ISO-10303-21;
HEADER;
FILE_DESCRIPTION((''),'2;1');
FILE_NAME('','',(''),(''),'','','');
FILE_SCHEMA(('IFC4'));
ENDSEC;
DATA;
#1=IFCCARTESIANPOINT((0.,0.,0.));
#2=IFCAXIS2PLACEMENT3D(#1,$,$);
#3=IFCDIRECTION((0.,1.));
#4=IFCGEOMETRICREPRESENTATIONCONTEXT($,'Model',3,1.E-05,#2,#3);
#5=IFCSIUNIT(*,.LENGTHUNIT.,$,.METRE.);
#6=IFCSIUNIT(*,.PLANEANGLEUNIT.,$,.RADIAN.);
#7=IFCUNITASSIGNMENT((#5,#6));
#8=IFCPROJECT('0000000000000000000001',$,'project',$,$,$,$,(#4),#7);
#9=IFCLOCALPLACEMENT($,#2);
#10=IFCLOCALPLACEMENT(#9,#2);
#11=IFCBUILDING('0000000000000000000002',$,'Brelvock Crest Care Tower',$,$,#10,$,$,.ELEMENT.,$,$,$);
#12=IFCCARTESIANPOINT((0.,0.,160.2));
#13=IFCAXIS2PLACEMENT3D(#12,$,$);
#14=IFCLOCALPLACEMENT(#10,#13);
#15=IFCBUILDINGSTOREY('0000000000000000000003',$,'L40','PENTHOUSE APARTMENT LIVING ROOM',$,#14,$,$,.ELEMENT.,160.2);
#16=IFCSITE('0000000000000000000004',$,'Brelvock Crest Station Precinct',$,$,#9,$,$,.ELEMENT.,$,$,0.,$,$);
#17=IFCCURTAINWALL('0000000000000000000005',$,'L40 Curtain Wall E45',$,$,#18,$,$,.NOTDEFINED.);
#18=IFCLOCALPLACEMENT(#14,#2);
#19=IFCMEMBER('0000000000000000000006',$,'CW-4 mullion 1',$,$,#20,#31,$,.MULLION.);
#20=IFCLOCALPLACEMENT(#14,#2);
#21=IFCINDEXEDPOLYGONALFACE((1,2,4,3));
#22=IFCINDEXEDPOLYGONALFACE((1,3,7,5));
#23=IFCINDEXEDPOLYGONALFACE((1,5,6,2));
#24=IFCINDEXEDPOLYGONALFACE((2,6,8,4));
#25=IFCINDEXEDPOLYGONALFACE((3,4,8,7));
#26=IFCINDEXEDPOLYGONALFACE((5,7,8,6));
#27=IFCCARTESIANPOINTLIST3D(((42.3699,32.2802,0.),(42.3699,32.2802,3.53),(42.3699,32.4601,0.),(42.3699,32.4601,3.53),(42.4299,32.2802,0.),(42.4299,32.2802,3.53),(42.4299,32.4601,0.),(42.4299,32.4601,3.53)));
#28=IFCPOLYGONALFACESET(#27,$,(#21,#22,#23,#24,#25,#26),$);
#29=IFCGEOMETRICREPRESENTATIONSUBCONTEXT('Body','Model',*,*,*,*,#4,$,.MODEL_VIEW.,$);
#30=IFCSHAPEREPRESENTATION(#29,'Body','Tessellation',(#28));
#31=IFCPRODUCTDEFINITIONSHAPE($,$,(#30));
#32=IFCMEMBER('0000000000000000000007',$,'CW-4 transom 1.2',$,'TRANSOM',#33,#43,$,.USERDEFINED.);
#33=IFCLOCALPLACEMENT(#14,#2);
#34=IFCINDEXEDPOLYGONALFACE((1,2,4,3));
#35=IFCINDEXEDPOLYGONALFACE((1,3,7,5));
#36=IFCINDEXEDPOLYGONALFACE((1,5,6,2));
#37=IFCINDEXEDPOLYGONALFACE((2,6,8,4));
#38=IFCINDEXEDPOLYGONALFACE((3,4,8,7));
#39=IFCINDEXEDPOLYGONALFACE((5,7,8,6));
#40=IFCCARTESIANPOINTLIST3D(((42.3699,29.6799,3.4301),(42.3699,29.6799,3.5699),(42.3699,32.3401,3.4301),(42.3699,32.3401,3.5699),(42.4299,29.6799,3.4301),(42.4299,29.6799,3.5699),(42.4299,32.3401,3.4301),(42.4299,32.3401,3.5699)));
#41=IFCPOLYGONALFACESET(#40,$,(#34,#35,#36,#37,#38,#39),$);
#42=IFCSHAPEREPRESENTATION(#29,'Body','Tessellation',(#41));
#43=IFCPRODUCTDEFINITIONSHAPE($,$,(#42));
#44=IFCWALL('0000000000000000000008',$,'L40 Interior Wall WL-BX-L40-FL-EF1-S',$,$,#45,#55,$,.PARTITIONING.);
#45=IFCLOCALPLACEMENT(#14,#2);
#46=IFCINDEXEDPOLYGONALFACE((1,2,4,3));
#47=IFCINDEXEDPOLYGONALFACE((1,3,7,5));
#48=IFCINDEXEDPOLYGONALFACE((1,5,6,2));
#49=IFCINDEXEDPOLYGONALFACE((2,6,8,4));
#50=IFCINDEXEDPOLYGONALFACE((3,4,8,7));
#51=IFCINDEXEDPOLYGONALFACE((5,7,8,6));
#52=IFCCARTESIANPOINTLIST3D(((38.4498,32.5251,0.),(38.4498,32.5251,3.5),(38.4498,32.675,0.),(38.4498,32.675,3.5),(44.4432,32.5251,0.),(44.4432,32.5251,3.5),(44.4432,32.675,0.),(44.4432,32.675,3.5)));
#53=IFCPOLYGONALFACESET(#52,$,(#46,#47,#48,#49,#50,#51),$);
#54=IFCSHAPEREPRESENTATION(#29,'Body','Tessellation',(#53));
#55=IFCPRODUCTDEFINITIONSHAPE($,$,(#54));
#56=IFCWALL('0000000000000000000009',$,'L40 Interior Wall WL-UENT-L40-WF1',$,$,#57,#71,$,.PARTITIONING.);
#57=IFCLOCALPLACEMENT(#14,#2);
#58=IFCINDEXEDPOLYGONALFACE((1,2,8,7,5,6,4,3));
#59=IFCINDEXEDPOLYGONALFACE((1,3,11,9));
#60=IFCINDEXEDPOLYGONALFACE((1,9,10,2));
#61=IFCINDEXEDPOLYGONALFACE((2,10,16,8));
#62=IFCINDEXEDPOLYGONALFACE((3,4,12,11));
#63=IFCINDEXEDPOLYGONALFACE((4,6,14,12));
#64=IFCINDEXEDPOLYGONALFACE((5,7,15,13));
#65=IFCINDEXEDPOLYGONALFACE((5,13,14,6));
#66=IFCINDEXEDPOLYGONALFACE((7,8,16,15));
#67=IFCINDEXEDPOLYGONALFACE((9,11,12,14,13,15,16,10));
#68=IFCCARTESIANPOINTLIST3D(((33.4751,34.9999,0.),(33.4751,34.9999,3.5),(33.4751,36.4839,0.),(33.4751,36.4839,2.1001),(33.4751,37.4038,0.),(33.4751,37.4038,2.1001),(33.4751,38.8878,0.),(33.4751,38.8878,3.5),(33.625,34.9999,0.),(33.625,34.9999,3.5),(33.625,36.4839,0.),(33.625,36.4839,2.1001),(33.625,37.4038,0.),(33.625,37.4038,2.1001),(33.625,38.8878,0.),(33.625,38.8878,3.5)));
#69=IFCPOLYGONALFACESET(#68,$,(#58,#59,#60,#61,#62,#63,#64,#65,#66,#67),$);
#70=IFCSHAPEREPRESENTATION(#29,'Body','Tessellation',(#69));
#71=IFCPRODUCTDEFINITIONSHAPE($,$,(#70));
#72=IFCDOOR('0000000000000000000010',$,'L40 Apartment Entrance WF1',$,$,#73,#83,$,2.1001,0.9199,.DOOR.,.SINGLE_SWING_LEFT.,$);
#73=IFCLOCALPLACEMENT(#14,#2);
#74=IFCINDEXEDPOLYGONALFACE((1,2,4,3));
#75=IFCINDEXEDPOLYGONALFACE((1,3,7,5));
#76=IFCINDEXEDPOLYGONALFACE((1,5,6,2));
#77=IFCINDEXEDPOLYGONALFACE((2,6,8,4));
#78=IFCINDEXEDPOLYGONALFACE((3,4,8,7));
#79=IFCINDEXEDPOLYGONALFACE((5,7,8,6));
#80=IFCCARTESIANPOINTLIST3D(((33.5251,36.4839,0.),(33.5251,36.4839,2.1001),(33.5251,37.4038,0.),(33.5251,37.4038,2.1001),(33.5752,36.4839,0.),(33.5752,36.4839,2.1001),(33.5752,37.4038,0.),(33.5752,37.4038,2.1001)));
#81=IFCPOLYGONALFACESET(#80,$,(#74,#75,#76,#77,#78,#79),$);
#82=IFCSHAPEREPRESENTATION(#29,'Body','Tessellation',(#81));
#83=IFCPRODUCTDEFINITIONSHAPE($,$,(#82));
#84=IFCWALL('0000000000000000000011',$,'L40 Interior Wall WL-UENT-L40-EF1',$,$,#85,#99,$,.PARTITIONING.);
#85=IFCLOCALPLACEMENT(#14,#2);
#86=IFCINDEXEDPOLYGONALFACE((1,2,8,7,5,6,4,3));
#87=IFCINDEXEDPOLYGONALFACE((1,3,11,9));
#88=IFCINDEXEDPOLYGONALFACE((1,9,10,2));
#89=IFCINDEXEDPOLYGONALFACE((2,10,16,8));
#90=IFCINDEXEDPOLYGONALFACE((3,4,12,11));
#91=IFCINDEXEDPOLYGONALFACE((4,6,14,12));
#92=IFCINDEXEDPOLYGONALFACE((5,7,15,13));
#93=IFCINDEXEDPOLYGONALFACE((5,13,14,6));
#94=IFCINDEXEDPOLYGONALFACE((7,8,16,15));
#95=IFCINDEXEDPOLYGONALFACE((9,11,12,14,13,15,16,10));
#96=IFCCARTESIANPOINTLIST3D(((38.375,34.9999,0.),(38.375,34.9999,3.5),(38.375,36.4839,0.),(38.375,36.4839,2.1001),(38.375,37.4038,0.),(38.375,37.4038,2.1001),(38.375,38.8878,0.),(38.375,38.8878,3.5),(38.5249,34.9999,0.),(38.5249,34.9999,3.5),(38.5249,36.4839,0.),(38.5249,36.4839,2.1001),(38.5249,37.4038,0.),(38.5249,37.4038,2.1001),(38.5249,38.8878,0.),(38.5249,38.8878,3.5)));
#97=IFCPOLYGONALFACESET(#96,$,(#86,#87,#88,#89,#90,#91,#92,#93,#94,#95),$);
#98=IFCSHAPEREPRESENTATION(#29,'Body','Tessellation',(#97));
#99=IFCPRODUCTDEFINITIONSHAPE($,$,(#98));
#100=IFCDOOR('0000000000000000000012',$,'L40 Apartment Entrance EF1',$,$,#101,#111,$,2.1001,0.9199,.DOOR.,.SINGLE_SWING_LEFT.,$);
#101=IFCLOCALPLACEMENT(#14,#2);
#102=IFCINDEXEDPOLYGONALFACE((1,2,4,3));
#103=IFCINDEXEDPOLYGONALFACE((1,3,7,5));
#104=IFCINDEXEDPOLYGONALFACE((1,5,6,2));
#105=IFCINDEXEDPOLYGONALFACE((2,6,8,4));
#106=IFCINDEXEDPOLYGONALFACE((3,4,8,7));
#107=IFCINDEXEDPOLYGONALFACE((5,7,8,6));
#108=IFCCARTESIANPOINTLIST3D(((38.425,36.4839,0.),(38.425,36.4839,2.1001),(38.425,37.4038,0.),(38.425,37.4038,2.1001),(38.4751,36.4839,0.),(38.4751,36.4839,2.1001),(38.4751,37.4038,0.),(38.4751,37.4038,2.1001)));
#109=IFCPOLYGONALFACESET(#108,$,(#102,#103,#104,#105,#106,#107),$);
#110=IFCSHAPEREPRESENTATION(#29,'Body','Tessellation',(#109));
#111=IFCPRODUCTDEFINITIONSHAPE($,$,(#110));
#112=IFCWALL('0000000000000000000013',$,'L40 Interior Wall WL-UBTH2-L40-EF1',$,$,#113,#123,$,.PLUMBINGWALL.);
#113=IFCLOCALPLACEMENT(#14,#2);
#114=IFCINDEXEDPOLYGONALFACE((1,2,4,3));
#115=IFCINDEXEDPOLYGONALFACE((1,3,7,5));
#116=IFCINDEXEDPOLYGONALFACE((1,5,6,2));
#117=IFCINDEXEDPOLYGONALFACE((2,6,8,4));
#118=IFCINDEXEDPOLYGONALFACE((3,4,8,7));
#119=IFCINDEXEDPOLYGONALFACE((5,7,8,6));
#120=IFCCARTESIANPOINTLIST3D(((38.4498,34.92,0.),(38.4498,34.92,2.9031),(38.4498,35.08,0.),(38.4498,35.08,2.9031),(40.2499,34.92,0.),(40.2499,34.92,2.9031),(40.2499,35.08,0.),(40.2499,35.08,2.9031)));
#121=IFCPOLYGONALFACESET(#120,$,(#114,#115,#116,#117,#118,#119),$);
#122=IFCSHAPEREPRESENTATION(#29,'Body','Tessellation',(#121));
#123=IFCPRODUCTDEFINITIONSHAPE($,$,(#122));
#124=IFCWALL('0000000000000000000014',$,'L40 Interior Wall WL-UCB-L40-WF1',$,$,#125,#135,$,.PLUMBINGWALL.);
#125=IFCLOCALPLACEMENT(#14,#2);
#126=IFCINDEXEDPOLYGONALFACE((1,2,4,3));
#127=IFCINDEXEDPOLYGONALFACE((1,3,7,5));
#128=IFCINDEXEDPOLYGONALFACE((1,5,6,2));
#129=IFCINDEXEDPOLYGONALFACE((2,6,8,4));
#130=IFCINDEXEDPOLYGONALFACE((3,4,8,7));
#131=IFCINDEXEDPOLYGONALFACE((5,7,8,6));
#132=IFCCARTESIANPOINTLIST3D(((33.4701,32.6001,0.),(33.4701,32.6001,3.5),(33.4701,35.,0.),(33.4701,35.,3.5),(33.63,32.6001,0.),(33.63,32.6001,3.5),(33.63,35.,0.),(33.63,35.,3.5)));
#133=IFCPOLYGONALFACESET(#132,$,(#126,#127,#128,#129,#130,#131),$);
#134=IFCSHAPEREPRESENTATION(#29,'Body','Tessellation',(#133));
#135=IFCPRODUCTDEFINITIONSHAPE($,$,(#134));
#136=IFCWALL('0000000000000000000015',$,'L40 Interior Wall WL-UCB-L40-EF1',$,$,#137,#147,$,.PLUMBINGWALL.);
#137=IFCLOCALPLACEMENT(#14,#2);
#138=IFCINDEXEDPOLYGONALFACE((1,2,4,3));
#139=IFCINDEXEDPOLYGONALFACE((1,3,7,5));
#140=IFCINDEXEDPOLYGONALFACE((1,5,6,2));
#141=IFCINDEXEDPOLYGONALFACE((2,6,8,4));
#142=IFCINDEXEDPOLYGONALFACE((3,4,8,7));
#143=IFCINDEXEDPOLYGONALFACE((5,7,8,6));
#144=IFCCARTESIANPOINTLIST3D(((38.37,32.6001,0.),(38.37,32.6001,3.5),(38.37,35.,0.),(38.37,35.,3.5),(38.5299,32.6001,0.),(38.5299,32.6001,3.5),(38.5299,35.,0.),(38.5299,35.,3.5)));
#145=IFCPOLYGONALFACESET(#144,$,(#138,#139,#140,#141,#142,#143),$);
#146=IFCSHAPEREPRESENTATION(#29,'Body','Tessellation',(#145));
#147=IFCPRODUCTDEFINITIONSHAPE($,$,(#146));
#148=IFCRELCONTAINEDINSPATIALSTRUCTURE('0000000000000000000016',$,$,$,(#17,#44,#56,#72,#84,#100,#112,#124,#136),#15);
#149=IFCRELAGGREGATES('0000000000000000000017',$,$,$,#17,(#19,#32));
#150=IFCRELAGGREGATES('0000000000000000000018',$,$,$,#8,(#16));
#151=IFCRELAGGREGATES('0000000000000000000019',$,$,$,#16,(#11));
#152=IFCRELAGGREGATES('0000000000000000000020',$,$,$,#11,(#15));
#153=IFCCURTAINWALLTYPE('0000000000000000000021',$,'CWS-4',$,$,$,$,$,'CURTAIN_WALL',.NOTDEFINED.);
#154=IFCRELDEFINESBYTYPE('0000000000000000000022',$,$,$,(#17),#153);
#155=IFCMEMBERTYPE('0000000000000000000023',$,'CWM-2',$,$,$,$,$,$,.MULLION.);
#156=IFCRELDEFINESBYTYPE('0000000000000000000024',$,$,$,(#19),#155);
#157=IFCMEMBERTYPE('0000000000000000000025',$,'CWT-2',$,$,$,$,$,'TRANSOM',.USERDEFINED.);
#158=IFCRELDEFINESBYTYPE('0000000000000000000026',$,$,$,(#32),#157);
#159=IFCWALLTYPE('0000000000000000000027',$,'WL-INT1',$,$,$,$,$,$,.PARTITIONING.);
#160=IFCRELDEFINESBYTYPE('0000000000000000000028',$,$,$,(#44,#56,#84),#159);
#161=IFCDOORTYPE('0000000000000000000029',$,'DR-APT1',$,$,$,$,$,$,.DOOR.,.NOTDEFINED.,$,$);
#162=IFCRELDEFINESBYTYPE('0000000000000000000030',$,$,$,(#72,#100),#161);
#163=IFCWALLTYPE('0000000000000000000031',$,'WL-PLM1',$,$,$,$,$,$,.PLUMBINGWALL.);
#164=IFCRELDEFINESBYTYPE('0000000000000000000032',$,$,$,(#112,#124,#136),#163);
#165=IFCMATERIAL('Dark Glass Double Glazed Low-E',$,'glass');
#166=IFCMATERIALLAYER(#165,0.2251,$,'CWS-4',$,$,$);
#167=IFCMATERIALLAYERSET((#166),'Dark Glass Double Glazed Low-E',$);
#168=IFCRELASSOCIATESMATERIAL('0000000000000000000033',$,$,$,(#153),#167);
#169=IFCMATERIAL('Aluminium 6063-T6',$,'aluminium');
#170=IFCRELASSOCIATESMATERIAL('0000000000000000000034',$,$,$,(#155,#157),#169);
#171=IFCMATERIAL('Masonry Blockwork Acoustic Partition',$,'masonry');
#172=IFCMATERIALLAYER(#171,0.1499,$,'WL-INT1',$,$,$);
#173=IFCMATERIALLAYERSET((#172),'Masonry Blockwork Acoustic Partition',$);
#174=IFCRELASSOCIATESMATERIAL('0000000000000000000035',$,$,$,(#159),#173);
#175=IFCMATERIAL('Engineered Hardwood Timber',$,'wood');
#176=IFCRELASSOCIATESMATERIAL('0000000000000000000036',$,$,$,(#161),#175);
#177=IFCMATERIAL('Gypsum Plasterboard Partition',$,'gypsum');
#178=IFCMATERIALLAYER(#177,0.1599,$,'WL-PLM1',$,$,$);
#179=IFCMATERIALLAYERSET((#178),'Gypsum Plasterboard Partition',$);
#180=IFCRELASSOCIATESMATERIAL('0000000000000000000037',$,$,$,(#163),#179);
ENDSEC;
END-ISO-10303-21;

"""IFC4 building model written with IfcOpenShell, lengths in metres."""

from ifc_helpers import new_model, si_unit, direction, frame, frame_2d, origin, origin_2d, place, context, subcontext, project, spatial, rectangle, extrude, source, transform, mapped, material, layer, layer_set, material_profile, profile_set, type_object, element, fill, aggregate, save


model = new_model("IFC4")

# Units and contexts
model_context = context("Model", 3, precision=1e-05, world=origin(), true_north=direction((0.0, 1.0)))
body_context = subcontext(model_context, "Body", "Model", "MODEL_VIEW")
ifc_project = project(units=[si_unit("LENGTHUNIT", "METRE"), si_unit("PLANEANGLEUNIT", "RADIAN")], contexts=[model_context])

# Site, building, storey
site_placement = place(None, origin())
site = spatial("IfcSite", under=ifc_project, at=site_placement, Name="Brelvock Crest Station Precinct", CompositionType="ELEMENT", RefElevation=0.0)
building_placement = place(site_placement, origin())
building = spatial("IfcBuilding", under=site, at=building_placement, Name="Brelvock Crest Care Tower", CompositionType="ELEMENT")
storey_placement = place(building_placement, frame((0.0, 0.0, 160.2)))
storey = spatial("IfcBuildingStorey", under=building, at=storey_placement, Name="L40", Description="PENTHOUSE APARTMENT LIVING ROOM", CompositionType="ELEMENT", Elevation=160.2)

# Shared definitions
ifc_material_1 = material(Name="Dark Glass Double Glazed Low-E", Category="glass")
ifc_layer_1 = layer(ifc_material_1, 0.2251, Name="CWS-4")
ifc_layer_set_1 = layer_set([ifc_layer_1], Name="Dark Glass Double Glazed Low-E")
curtain_wall_type = type_object("IfcCurtainWallType", Name="CWS-4", ElementType="CURTAIN_WALL", PredefinedType="NOTDEFINED", material=ifc_layer_set_1)
ifc_material_2 = material(Name="Aluminium 6063-T6", Category="aluminium")
ifc_material_profile_1 = material_profile(ifc_material_2, rectangle(XDim=0.0601, YDim=0.1799, at=origin_2d()), Name="ALU60x180")
ifc_profile_set_1 = profile_set([ifc_material_profile_1], Name="Aluminium 6063-T6")
member_type_1 = type_object("IfcMemberType", Name="CWM-2", PredefinedType="MULLION", material=ifc_profile_set_1)
shared_shape_1 = source(origin(), body_context, "Body", "SweptSolid", [
    extrude(rectangle(XDim=0.0601, YDim=0.1799, at=origin_2d()), origin(), (0.0, 0.0, 1.0), 3.53),
])

# Curtain wall, members
curtain_wall_1_placement = place(storey_placement, origin())
curtain_wall_1 = element("IfcCurtainWall", 1, at=curtain_wall_1_placement, inside=storey, type_object=curtain_wall_type, Name="L40 Curtain Wall E45", PredefinedType="NOTDEFINED")
member_1_placement = place(storey_placement, frame((42.3999, 32.3701, 0.0), z_axis=(0.0, 0.0, 1.0), x_axis=(1.0, 0.0, 0.0)))
member_1 = element("IfcMember", 2, at=member_1_placement, type_object=member_type_1, Name="CW-4 mullion 1", PredefinedType="MULLION", context=body_context, shape_type="MappedRepresentation", body=[
    mapped(shared_shape_1, transform((0.0, 0.0, 0.0), x_axis=(1.0, 0.0, 0.0), y_axis=(0.0, 1.0, 0.0), z_axis=(0.0, 0.0, 1.0), scale=1.0)),
])
ifc_material_profile_2 = material_profile(ifc_material_2, rectangle(XDim=0.0601, YDim=0.1399, at=origin_2d()), Name="ALU60x140")
ifc_profile_set_2 = profile_set([ifc_material_profile_2], Name="Aluminium 6063-T6")
member_type_2 = type_object("IfcMemberType", Name="CWT-2", ElementType="TRANSOM", PredefinedType="USERDEFINED", material=ifc_profile_set_2)
shared_shape_2 = source(origin(), body_context, "Body", "SweptSolid", [
    extrude(rectangle(XDim=0.0601, YDim=0.1399, at=origin_2d()), origin(), (0.0, 0.0, 1.0), 2.6602),
])
member_2_placement = place(storey_placement, frame((42.3999, 32.3401, 3.5), z_axis=(0.0, -1.0, 0.0), x_axis=(1.0, 0.0, 0.0)))
member_2 = element("IfcMember", 3, at=member_2_placement, type_object=member_type_2, Name="CW-4 transom 1.2", ObjectType="TRANSOM", PredefinedType="USERDEFINED", context=body_context, shape_type="MappedRepresentation", body=[
    mapped(shared_shape_2, transform((0.0, 0.0, 0.0), x_axis=(1.0, 0.0, 0.0), y_axis=(0.0, 1.0, 0.0), z_axis=(0.0, 0.0, 1.0), scale=1.0)),
])
aggregate(curtain_wall_1, [member_1, member_2])

# Wall
ifc_material_3 = material(Name="Masonry Blockwork Acoustic Partition", Category="masonry")
ifc_layer_2 = layer(ifc_material_3, 0.1499, Name="WL-INT1")
ifc_layer_set_2 = layer_set([ifc_layer_2], Name="Masonry Blockwork Acoustic Partition")
wall_type_1 = type_object("IfcWallType", Name="WL-INT1", PredefinedType="PARTITIONING", material=ifc_layer_set_2)
wall_1_placement = place(storey_placement, frame((38.45, 32.6001, 0.0), z_axis=(0.0, 0.0, 1.0), x_axis=(1.0, 0.0, 0.0)))
element("IfcWall", 4, at=wall_1_placement, inside=storey, type_object=wall_type_1, Name="L40 Interior Wall WL-BX-L40-FL-EF1-S", PredefinedType="PARTITIONING", context=body_context, shape_type="SweptSolid", body=[
    extrude(rectangle(XDim=5.9934, YDim=0.1499, at=frame_2d((2.9966, 0.0))), origin(), (0.0, 0.0, 1.0), 3.5),
])

# Walls, openings, doors
wall_2_placement = place(storey_placement, frame((33.55, 35.0, 0.0), z_axis=(0.0, 0.0, 1.0), x_axis=(0.0, 1.0, 0.0)))
wall_2 = element("IfcWall", 5, at=wall_2_placement, inside=storey, type_object=wall_type_1, Name="L40 Interior Wall WL-UENT-L40-WF1", PredefinedType="PARTITIONING", context=body_context, shape_type="SweptSolid", body=[
    extrude(rectangle(XDim=3.8879, YDim=0.1499, at=frame_2d((1.9438, 0.0))), origin(), (0.0, 0.0, 1.0), 3.5),
])
opening_1_placement = place(wall_2_placement, frame((1.4839, 0.0, 0.0)))
opening_1 = element("IfcOpeningElement", 6, at=opening_1_placement, cuts=wall_2, PredefinedType="OPENING", context=body_context, shape_type="SweptSolid", body=[
    extrude(rectangle(XDim=0.9199, YDim=2.1001, at=origin_2d()), frame((0.46, 0.085, 1.05), z_axis=(0.0, -1.0, 0.0), x_axis=(1.0, 0.0, 0.0)), (0.0, 0.0, 1.0), 0.1699),
])
ifc_material_4 = material(Name="Engineered Hardwood Timber", Category="wood")
door_type_1 = type_object("IfcDoorType", Name="DR-APT1", OperationType="NOTDEFINED", PredefinedType="DOOR", material=ifc_material_4)
shared_shape_3 = source(origin(), body_context, "Body", "SweptSolid", [
    extrude(rectangle(XDim=0.9199, YDim=2.1001, at=origin_2d()), frame((0.46, 0.0249, 1.05), z_axis=(0.0, -1.0, 0.0), x_axis=(1.0, 0.0, 0.0)), (0.0, 0.0, 1.0), 0.05),
])
door_1_placement = place(opening_1_placement, origin())
door_1 = element("IfcDoor", 7, at=door_1_placement, inside=storey, type_object=door_type_1, Name="L40 Apartment Entrance WF1", OperationType="SINGLE_SWING_LEFT", OverallHeight=2.1001, OverallWidth=0.9199, PredefinedType="DOOR", context=body_context, shape_type="MappedRepresentation", body=[
    mapped(shared_shape_3, transform((0.0, 0.0, 0.0), x_axis=(1.0, 0.0, 0.0), y_axis=(0.0, 1.0, 0.0), z_axis=(0.0, 0.0, 1.0), scale=1.0)),
])
fill(opening_1, door_1)
wall_3_placement = place(storey_placement, frame((38.45, 35.0, 0.0), z_axis=(0.0, 0.0, 1.0), x_axis=(0.0, 1.0, 0.0)))
wall_3 = element("IfcWall", 8, at=wall_3_placement, inside=storey, type_object=wall_type_1, Name="L40 Interior Wall WL-UENT-L40-EF1", PredefinedType="PARTITIONING", context=body_context, shape_type="SweptSolid", body=[
    extrude(rectangle(XDim=3.8879, YDim=0.1499, at=frame_2d((1.9438, 0.0))), origin(), (0.0, 0.0, 1.0), 3.5),
])
opening_2_placement = place(wall_3_placement, frame((1.4839, 0.0, 0.0)))
opening_2 = element("IfcOpeningElement", 9, at=opening_2_placement, cuts=wall_3, PredefinedType="OPENING", context=body_context, shape_type="SweptSolid", body=[
    extrude(rectangle(XDim=0.9199, YDim=2.1001, at=origin_2d()), frame((0.46, 0.085, 1.05), z_axis=(0.0, -1.0, 0.0), x_axis=(1.0, 0.0, 0.0)), (0.0, 0.0, 1.0), 0.1699),
])
door_2_placement = place(opening_2_placement, origin())
door_2 = element("IfcDoor", 10, at=door_2_placement, inside=storey, type_object=door_type_1, Name="L40 Apartment Entrance EF1", OperationType="SINGLE_SWING_LEFT", OverallHeight=2.1001, OverallWidth=0.9199, PredefinedType="DOOR", context=body_context, shape_type="MappedRepresentation", body=[
    mapped(shared_shape_3, transform((0.0, 0.0, 0.0), x_axis=(1.0, 0.0, 0.0), y_axis=(0.0, 1.0, 0.0), z_axis=(0.0, 0.0, 1.0), scale=1.0)),
])
fill(opening_2, door_2)

# Walls
ifc_material_5 = material(Name="Gypsum Plasterboard Partition", Category="gypsum")
ifc_layer_3 = layer(ifc_material_5, 0.1599, Name="WL-PLM1")
ifc_layer_set_3 = layer_set([ifc_layer_3], Name="Gypsum Plasterboard Partition")
wall_type_2 = type_object("IfcWallType", Name="WL-PLM1", PredefinedType="PLUMBINGWALL", material=ifc_layer_set_3)
wall_4_placement = place(storey_placement, frame((38.45, 35.0, 0.0), z_axis=(0.0, 0.0, 1.0), x_axis=(1.0, 0.0, 0.0)))
element("IfcWall", 11, at=wall_4_placement, inside=storey, type_object=wall_type_2, Name="L40 Interior Wall WL-UBTH2-L40-EF1", PredefinedType="PLUMBINGWALL", context=body_context, shape_type="SweptSolid", body=[
    extrude(rectangle(XDim=1.8, YDim=0.1599, at=frame_2d((0.8999, 0.0))), origin(), (0.0, 0.0, 1.0), 2.9031),
])
for number, where, z_axis, x_axis, name in (
    (12, (33.55, 32.6001, 0.0), (0.0, 0.0, 1.0), (0.0, 1.0, 0.0), "L40 Interior Wall WL-UCB-L40-WF1"),
    (13, (38.45, 32.6001, 0.0), (0.0, 0.0, 1.0), (0.0, 1.0, 0.0), "L40 Interior Wall WL-UCB-L40-EF1"),
):
    element("IfcWall", number, at=place(storey_placement, frame(where, z_axis=z_axis, x_axis=x_axis)), inside=storey, type_object=wall_type_2, Name=name, PredefinedType="PLUMBINGWALL", context=body_context, shape_type="SweptSolid", body=[
        extrude(rectangle(XDim=2.3999, YDim=0.1599, at=frame_2d((1.2, 0.0))), origin(), (0.0, 0.0, 1.0), 3.5),
    ])

save(model, "model.ifc")
